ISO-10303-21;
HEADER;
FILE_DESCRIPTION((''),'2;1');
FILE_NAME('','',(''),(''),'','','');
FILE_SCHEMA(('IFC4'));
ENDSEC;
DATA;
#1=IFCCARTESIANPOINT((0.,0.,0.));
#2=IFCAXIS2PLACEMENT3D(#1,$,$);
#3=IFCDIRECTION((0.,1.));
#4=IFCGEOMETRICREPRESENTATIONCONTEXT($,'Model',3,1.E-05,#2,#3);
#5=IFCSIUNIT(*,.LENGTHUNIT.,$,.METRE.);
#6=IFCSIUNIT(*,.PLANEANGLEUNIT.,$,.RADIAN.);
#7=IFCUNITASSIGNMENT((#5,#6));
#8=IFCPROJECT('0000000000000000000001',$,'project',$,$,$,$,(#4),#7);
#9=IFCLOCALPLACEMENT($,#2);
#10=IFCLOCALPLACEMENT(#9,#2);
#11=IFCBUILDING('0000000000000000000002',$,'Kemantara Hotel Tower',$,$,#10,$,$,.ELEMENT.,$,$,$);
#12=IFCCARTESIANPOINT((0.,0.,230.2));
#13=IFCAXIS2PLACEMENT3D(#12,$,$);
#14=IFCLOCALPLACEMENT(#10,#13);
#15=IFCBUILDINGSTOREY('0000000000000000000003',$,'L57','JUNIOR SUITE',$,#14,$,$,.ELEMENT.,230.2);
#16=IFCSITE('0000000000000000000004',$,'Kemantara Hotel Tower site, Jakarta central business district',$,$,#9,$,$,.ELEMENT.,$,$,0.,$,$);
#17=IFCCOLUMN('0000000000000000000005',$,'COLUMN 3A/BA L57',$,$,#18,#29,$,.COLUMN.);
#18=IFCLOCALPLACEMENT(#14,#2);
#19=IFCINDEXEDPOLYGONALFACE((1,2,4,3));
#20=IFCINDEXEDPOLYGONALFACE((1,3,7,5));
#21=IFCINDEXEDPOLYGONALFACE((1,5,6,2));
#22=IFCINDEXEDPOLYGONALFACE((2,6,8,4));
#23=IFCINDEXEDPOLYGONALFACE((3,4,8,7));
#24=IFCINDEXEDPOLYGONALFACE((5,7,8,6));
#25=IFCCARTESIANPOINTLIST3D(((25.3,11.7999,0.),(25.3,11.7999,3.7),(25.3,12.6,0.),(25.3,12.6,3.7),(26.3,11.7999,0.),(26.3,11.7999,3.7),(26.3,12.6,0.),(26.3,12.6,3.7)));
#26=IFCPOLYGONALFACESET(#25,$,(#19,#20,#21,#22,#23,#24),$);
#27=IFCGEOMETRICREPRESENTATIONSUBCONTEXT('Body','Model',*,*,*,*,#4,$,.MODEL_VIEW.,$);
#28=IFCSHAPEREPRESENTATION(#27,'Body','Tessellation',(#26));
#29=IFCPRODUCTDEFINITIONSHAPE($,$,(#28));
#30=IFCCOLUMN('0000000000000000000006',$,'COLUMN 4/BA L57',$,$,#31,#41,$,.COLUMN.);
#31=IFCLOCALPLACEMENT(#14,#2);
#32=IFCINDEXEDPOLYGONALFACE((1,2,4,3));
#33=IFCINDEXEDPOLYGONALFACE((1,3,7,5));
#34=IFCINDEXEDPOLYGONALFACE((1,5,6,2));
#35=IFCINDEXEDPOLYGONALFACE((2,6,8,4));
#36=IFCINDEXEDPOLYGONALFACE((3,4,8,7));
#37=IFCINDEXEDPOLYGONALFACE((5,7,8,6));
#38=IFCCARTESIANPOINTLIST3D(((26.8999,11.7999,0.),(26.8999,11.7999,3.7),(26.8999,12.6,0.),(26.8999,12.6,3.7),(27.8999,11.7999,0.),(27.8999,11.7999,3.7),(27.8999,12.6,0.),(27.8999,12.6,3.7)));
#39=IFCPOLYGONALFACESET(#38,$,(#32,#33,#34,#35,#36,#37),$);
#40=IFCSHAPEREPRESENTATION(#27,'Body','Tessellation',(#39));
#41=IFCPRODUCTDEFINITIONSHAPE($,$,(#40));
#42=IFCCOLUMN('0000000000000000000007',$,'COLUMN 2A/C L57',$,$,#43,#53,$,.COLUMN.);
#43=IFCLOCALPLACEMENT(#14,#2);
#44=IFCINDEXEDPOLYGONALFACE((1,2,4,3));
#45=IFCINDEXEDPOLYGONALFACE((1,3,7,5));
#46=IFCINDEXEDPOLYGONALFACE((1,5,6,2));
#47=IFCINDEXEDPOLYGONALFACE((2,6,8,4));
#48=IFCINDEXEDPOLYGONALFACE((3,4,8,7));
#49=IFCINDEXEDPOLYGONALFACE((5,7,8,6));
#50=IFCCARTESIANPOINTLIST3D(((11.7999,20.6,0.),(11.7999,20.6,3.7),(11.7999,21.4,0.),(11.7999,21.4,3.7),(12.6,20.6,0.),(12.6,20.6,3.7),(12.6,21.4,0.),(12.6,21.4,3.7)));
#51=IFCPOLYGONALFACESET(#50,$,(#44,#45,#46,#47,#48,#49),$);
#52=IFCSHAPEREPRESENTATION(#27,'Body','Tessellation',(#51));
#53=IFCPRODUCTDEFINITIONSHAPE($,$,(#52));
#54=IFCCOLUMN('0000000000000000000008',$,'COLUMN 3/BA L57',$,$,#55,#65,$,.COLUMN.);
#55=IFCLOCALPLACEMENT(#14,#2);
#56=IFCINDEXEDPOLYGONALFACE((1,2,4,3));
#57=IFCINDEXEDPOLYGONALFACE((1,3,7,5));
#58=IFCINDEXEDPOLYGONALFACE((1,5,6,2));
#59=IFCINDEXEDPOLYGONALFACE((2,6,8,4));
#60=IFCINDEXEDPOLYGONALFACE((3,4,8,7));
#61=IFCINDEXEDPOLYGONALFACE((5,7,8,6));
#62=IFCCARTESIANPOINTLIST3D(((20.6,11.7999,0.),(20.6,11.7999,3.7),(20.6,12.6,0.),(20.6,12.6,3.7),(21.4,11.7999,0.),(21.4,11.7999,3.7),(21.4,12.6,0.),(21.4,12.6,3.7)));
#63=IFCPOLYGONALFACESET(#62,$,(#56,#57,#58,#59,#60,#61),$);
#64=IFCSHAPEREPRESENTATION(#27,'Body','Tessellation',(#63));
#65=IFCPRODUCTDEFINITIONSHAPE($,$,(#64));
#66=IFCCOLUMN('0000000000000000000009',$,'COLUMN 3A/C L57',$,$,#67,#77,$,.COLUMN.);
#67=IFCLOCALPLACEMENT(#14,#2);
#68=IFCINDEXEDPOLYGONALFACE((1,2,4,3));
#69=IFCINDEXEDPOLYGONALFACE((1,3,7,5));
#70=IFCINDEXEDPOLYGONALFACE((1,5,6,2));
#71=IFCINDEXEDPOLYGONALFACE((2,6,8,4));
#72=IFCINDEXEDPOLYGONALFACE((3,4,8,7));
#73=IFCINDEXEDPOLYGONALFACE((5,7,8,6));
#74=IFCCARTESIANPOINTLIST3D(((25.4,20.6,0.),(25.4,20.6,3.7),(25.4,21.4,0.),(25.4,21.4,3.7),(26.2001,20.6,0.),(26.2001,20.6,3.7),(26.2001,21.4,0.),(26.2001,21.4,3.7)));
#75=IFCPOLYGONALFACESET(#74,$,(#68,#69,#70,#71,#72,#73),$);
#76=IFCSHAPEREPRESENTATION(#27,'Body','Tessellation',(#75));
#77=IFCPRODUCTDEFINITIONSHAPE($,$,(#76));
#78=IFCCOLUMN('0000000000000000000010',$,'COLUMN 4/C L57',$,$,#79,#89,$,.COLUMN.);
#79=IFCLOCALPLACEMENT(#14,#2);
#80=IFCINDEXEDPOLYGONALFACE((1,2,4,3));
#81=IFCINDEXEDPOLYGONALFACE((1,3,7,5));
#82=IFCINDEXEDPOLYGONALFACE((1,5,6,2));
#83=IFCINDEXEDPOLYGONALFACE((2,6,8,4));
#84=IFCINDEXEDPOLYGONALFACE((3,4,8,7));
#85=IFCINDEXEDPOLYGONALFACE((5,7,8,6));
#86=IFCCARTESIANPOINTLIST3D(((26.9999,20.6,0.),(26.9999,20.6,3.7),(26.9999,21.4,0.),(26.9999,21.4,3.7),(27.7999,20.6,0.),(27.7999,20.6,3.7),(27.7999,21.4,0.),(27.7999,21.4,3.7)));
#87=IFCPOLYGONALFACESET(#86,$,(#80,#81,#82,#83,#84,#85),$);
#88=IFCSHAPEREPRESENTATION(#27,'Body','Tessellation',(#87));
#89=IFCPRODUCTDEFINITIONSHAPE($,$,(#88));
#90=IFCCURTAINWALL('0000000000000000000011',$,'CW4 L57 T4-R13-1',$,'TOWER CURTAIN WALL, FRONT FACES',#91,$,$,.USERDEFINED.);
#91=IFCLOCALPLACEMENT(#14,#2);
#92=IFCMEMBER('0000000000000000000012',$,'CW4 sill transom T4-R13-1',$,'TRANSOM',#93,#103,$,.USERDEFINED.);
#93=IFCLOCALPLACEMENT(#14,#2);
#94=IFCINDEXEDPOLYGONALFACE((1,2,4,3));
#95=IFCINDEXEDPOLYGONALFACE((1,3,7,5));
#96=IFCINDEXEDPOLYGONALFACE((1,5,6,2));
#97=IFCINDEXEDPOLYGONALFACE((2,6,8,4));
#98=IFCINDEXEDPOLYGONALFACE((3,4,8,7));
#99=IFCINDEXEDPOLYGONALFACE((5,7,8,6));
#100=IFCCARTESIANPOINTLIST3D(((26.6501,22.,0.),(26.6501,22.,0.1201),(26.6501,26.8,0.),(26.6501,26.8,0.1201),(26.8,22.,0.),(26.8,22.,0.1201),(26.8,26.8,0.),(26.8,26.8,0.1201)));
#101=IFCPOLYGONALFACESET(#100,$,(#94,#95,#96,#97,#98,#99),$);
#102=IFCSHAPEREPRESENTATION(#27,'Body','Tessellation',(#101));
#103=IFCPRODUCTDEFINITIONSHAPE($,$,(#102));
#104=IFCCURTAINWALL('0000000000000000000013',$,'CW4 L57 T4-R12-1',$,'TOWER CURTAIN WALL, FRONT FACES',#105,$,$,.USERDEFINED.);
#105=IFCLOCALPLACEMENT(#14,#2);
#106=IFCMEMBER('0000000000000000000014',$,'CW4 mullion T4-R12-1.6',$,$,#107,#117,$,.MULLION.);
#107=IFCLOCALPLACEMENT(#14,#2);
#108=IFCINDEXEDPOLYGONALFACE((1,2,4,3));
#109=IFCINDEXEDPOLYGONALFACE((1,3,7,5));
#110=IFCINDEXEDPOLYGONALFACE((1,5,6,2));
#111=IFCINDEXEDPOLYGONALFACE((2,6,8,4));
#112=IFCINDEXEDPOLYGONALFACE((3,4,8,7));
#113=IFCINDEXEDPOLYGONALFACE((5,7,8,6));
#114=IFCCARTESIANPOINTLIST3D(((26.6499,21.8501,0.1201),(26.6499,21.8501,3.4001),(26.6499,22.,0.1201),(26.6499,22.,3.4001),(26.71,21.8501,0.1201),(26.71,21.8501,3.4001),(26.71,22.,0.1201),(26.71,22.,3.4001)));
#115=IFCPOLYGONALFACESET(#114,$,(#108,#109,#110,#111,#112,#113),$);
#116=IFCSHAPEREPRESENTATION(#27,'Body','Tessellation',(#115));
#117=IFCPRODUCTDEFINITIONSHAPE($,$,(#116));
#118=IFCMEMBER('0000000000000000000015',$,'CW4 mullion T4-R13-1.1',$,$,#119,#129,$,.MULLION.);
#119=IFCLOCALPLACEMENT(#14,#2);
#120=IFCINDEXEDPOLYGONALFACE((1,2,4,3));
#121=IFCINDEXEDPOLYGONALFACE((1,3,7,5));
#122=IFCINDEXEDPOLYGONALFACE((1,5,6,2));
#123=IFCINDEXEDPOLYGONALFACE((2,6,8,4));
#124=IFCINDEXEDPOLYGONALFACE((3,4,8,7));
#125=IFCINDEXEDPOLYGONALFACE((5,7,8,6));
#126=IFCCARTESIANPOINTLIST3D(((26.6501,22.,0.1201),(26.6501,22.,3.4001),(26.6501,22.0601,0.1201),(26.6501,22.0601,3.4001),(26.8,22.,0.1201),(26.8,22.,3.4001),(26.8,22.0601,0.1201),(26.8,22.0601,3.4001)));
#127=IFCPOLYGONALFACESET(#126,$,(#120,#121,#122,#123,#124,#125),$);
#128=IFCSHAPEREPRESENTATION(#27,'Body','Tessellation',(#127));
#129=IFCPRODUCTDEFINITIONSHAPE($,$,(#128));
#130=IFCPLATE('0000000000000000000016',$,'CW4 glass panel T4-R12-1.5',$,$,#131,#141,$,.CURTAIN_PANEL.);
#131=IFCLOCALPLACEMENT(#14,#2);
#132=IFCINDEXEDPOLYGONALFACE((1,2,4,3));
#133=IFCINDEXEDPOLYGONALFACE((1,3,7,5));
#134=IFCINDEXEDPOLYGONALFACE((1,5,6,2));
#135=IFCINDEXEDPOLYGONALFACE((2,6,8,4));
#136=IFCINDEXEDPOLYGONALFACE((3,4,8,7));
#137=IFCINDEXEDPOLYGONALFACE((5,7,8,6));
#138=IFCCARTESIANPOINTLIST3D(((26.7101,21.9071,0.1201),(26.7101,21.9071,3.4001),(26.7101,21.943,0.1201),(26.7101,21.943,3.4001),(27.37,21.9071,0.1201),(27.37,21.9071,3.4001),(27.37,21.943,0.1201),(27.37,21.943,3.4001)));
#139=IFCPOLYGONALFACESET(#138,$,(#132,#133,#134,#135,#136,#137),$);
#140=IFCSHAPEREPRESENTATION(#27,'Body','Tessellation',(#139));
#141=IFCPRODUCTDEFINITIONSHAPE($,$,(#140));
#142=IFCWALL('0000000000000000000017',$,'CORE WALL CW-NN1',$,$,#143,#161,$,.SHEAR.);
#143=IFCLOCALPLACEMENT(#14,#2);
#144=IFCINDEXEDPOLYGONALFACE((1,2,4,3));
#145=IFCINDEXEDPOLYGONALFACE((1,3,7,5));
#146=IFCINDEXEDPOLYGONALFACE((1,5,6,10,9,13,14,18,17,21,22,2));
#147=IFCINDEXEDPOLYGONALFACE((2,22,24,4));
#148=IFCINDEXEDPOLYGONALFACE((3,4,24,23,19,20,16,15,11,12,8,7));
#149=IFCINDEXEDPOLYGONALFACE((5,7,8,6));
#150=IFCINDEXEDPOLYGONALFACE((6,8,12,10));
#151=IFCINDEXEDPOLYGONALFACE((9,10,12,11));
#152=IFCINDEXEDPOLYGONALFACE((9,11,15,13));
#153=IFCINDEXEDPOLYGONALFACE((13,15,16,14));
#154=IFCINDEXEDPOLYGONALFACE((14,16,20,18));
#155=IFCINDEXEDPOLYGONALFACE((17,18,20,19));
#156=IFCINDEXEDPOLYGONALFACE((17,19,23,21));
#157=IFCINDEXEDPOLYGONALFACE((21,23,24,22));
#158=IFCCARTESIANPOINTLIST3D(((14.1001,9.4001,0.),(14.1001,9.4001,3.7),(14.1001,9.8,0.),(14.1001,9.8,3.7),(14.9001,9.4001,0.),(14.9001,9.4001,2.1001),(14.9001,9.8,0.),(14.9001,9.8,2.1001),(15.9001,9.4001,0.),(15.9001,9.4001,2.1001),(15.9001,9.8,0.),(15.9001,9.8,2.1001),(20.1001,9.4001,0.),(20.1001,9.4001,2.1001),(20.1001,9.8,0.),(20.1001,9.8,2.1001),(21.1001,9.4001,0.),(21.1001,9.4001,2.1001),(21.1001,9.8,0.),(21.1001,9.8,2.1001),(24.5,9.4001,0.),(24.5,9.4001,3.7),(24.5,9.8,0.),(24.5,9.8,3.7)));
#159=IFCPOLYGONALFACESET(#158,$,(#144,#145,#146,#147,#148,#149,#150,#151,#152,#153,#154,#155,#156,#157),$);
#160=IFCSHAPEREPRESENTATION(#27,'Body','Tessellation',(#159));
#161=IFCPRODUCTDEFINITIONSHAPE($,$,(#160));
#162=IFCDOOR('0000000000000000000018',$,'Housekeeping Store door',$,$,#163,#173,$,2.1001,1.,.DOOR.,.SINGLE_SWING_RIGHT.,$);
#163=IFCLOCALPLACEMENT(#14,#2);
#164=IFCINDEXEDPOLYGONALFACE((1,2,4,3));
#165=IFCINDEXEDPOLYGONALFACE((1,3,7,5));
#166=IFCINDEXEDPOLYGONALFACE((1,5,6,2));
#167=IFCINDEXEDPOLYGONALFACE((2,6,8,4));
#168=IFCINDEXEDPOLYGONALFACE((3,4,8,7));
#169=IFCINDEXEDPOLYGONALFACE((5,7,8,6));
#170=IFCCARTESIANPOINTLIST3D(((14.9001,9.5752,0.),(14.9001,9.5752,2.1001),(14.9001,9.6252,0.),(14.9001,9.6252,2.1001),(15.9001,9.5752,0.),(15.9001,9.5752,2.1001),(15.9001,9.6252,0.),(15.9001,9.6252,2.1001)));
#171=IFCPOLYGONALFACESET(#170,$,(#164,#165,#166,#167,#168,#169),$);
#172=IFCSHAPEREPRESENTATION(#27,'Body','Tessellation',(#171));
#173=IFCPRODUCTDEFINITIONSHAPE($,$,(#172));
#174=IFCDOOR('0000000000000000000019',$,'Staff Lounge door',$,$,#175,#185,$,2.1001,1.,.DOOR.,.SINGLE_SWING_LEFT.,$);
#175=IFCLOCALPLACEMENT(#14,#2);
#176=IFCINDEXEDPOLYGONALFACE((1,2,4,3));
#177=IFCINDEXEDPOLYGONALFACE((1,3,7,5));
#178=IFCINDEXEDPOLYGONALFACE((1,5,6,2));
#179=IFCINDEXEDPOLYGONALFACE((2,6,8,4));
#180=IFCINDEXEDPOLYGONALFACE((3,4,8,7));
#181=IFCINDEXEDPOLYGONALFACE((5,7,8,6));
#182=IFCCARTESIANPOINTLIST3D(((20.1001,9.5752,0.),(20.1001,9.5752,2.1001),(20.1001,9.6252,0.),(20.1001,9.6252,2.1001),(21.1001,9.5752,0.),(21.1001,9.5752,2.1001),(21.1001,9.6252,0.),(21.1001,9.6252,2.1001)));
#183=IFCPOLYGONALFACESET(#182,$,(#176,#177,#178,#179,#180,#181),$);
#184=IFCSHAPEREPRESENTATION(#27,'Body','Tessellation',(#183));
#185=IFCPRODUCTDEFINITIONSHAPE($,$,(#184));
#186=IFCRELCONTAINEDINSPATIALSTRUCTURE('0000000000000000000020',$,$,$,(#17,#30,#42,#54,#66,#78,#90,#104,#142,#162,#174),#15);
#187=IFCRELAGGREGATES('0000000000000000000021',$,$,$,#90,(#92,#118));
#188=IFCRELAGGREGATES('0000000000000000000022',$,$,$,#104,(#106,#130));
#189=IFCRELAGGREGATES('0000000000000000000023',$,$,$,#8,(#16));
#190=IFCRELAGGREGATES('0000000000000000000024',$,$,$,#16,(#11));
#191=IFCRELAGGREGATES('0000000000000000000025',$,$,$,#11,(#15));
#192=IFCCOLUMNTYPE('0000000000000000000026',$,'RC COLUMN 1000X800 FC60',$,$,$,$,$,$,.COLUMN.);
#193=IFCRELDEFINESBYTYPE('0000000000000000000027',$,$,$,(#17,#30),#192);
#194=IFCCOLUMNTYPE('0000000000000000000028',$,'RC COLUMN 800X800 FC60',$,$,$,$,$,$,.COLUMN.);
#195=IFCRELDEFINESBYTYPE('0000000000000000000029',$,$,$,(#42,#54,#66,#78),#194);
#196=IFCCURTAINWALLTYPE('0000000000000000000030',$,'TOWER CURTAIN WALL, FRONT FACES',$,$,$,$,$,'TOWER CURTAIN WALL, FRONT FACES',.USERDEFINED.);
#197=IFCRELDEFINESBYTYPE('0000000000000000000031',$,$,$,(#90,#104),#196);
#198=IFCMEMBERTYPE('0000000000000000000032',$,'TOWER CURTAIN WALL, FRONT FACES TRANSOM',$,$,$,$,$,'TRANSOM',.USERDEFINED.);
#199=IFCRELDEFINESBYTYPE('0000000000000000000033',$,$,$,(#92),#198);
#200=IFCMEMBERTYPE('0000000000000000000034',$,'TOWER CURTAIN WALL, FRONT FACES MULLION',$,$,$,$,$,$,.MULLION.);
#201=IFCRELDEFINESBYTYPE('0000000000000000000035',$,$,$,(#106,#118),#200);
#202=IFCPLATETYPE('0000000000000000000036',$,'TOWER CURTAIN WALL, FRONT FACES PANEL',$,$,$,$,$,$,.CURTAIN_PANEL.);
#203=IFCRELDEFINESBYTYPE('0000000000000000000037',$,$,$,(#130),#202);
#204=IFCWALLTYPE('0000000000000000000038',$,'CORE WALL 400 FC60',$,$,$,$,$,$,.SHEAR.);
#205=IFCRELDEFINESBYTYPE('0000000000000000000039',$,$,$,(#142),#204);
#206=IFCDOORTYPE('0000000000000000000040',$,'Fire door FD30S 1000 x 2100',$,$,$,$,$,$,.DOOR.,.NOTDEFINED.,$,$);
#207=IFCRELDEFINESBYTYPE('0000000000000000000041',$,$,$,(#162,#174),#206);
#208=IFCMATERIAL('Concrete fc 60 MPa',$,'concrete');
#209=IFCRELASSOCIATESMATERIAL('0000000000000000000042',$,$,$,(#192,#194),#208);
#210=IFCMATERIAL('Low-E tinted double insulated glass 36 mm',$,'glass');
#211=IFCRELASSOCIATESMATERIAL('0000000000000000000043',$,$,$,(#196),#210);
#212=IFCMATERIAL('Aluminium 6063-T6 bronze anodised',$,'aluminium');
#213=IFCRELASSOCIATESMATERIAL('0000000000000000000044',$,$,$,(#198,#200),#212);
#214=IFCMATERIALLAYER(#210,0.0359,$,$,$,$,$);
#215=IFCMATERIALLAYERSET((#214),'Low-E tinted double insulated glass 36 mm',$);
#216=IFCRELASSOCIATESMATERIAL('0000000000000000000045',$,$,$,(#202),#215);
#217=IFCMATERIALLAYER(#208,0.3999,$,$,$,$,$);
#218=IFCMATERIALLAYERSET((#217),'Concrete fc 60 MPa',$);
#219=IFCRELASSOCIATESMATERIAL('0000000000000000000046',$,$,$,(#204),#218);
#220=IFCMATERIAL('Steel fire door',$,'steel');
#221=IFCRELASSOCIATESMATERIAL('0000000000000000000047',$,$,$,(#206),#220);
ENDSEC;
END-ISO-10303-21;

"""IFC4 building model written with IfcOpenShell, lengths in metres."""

from ifc_helpers import new_model, si_unit, direction, frame, frame_2d, origin, origin_2d, place, context, subcontext, project, spatial, rectangle, extrude, source, transform, mapped, material, layer, layer_set, material_profile, profile_set, type_object, element, fill, aggregate, save


model = new_model("IFC4")

# Units and contexts
model_context = context("Model", 3, precision=1e-05, world=origin(), true_north=direction((0.0, 1.0)))
body_context = subcontext(model_context, "Body", "Model", "MODEL_VIEW")
ifc_project = project(units=[si_unit("LENGTHUNIT", "METRE"), si_unit("PLANEANGLEUNIT", "RADIAN")], contexts=[model_context])

# Site, building, storey
site_placement = place(None, origin())
site = spatial("IfcSite", under=ifc_project, at=site_placement, Name="Kemantara Hotel Tower site, Jakarta central business district", CompositionType="ELEMENT", RefElevation=0.0)
building_placement = place(site_placement, origin())
building = spatial("IfcBuilding", under=site, at=building_placement, Name="Kemantara Hotel Tower", CompositionType="ELEMENT")
storey_placement = place(building_placement, frame((0.0, 0.0, 230.2)))
storey = spatial("IfcBuildingStorey", under=building, at=storey_placement, Name="L57", Description="JUNIOR SUITE", CompositionType="ELEMENT", Elevation=230.2)

# Columns
ifc_material_1 = material(Name="Concrete fc 60 MPa", Category="concrete")
ifc_material_profile_1 = material_profile(ifc_material_1, rectangle(XDim=1.0, YDim=0.8, at=origin_2d()), Name="RC 1000X800")
ifc_profile_set_1 = profile_set([ifc_material_profile_1], Name="Concrete fc 60 MPa")
column_type_1 = type_object("IfcColumnType", Name="RC COLUMN 1000X800 FC60", PredefinedType="COLUMN", material=ifc_profile_set_1)
for number, where, z_axis, x_axis, name in (
    (1, (25.8, 12.2, 0.0), (0.0, 0.0, 1.0), (1.0, 0.0, 0.0), "COLUMN 3A/BA L57"),
    (2, (27.3999, 12.2, 0.0), (0.0, 0.0, 1.0), (1.0, 0.0, 0.0), "COLUMN 4/BA L57"),
):
    element("IfcColumn", number, at=place(storey_placement, frame(where, z_axis=z_axis, x_axis=x_axis)), inside=storey, type_object=column_type_1, Name=name, PredefinedType="COLUMN", context=body_context, shape_type="SweptSolid", body=[
        extrude(rectangle(XDim=1.0, YDim=0.8, at=origin_2d()), origin(), (0.0, 0.0, 1.0), 3.7),
    ])
ifc_material_profile_2 = material_profile(ifc_material_1, rectangle(XDim=0.8, YDim=0.8, at=origin_2d()), Name="RC 800X800")
ifc_profile_set_2 = profile_set([ifc_material_profile_2], Name="Concrete fc 60 MPa")
column_type_2 = type_object("IfcColumnType", Name="RC COLUMN 800X800 FC60", PredefinedType="COLUMN", material=ifc_profile_set_2)
for number, where, z_axis, x_axis, name in (
    (3, (12.2, 21.0, 0.0), (0.0, 0.0, 1.0), (1.0, 0.0, 0.0), "COLUMN 2A/C L57"),
    (4, (21.0, 12.2, 0.0), (0.0, 0.0, 1.0), (1.0, 0.0, 0.0), "COLUMN 3/BA L57"),
    (5, (25.8, 21.0, 0.0), (0.0, 0.0, 1.0), (1.0, 0.0, 0.0), "COLUMN 3A/C L57"),
    (6, (27.3999, 21.0, 0.0), (0.0, 0.0, 1.0), (1.0, 0.0, 0.0), "COLUMN 4/C L57"),
):
    element("IfcColumn", number, at=place(storey_placement, frame(where, z_axis=z_axis, x_axis=x_axis)), inside=storey, type_object=column_type_2, Name=name, PredefinedType="COLUMN", context=body_context, shape_type="SweptSolid", body=[
        extrude(rectangle(XDim=0.8, YDim=0.8, at=origin_2d()), origin(), (0.0, 0.0, 1.0), 3.7),
    ])

# Curtain walls, members
ifc_material_2 = material(Name="Low-E tinted double insulated glass 36 mm", Category="glass")
curtain_wall_type = type_object("IfcCurtainWallType", Name="TOWER CURTAIN WALL, FRONT FACES", ElementType="TOWER CURTAIN WALL, FRONT FACES", PredefinedType="USERDEFINED", material=ifc_material_2)
curtain_wall_1_placement = place(storey_placement, origin())
curtain_wall_1 = element("IfcCurtainWall", 7, at=curtain_wall_1_placement, inside=storey, type_object=curtain_wall_type, Name="CW4 L57 T4-R13-1", ObjectType="TOWER CURTAIN WALL, FRONT FACES", PredefinedType="USERDEFINED")
ifc_material_3 = material(Name="Aluminium 6063-T6 bronze anodised", Category="aluminium")
ifc_material_profile_3 = material_profile(ifc_material_3, rectangle(XDim=0.1499, YDim=0.1201, at=origin_2d()), Name="TOWER CURTAIN WALL, FRONT FACES TRANSOM")
ifc_profile_set_3 = profile_set([ifc_material_profile_3], Name="Aluminium 6063-T6 bronze anodised")
member_type_1 = type_object("IfcMemberType", Name="TOWER CURTAIN WALL, FRONT FACES TRANSOM", ElementType="TRANSOM", PredefinedType="USERDEFINED", material=ifc_profile_set_3)
member_1_placement = place(storey_placement, frame((26.7251, 22.0, 0.0601), z_axis=(0.0, 1.0, 0.0), x_axis=(-1.0, 0.0, 0.0)))
member_1 = element("IfcMember", 8, at=member_1_placement, type_object=member_type_1, Name="CW4 sill transom T4-R13-1", ObjectType="TRANSOM", PredefinedType="USERDEFINED", context=body_context, shape_type="SweptSolid", body=[
    extrude(rectangle(XDim=0.1499, YDim=0.1201, at=origin_2d()), origin(), (0.0, 0.0, 1.0), 4.8),
])
curtain_wall_2_placement = place(storey_placement, origin())
curtain_wall_2 = element("IfcCurtainWall", 9, at=curtain_wall_2_placement, inside=storey, type_object=curtain_wall_type, Name="CW4 L57 T4-R12-1", ObjectType="TOWER CURTAIN WALL, FRONT FACES", PredefinedType="USERDEFINED")
ifc_material_profile_4 = material_profile(ifc_material_3, rectangle(XDim=0.1499, YDim=0.0601, at=origin_2d()), Name="TOWER CURTAIN WALL, FRONT FACES MULLION")
ifc_profile_set_4 = profile_set([ifc_material_profile_4], Name="Aluminium 6063-T6 bronze anodised")
member_type_2 = type_object("IfcMemberType", Name="TOWER CURTAIN WALL, FRONT FACES MULLION", PredefinedType="MULLION", material=ifc_profile_set_4)
shared_shape_1 = source(origin(), body_context, "Body", "SweptSolid", [
    extrude(rectangle(XDim=0.1499, YDim=0.0601, at=origin_2d()), origin(), (0.0, 0.0, 1.0), 3.28),
])
member_2_placement = place(storey_placement, frame((26.6799, 21.925, 0.1201), z_axis=(0.0, 0.0, 1.0), x_axis=(0.0, -1.0, 0.0)))
member_2 = element("IfcMember", 10, at=member_2_placement, type_object=member_type_2, Name="CW4 mullion T4-R12-1.6", PredefinedType="MULLION", context=body_context, shape_type="MappedRepresentation", body=[
    mapped(shared_shape_1, transform((0.0, 0.0, 0.0))),
])

# Member
member_3_placement = place(storey_placement, frame((26.7251, 22.03, 0.1201), z_axis=(0.0, 0.0, 1.0), x_axis=(-1.0, 0.0, 0.0)))
member_3 = element("IfcMember", 11, at=member_3_placement, type_object=member_type_2, Name="CW4 mullion T4-R13-1.1", PredefinedType="MULLION", context=body_context, shape_type="MappedRepresentation", body=[
    mapped(shared_shape_1, transform((0.0, 0.0, 0.0))),
])
aggregate(curtain_wall_1, [member_1, member_3])

# Plate
ifc_layer_1 = layer(ifc_material_2, 0.0359)
ifc_layer_set_1 = layer_set([ifc_layer_1], Name="Low-E tinted double insulated glass 36 mm")
plate_type = type_object("IfcPlateType", Name="TOWER CURTAIN WALL, FRONT FACES PANEL", PredefinedType="CURTAIN_PANEL", material=ifc_layer_set_1)
shared_shape_2 = source(origin(), body_context, "Body", "SweptSolid", [
    extrude(rectangle(XDim=0.6599, YDim=0.0359, at=origin_2d()), origin(), (0.0, 0.0, 1.0), 3.28),
])
plate_placement = place(storey_placement, frame((27.04, 21.925, 0.1201), z_axis=(0.0, 0.0, 1.0), x_axis=(-1.0, 0.0, 0.0)))
plate = element("IfcPlate", 12, at=plate_placement, type_object=plate_type, Name="CW4 glass panel T4-R12-1.5", PredefinedType="CURTAIN_PANEL", context=body_context, shape_type="MappedRepresentation", body=[
    mapped(shared_shape_2, transform((0.0, 0.0, 0.0))),
])
aggregate(curtain_wall_2, [member_2, plate])

# Wall, openings, doors
ifc_layer_2 = layer(ifc_material_1, 0.3999)
ifc_layer_set_2 = layer_set([ifc_layer_2], Name="Concrete fc 60 MPa")
wall_type_1 = type_object("IfcWallType", Name="CORE WALL 400 FC60", PredefinedType="SHEAR", material=ifc_layer_set_2)
wall_1_placement = place(storey_placement, frame((14.1001, 9.6001, 0.0), z_axis=(0.0, 0.0, 1.0), x_axis=(1.0, 0.0, 0.0)))
wall_1 = element("IfcWall", 13, at=wall_1_placement, inside=storey, type_object=wall_type_1, Name="CORE WALL CW-NN1", PredefinedType="SHEAR", context=body_context, shape_type="SweptSolid", body=[
    extrude(rectangle(XDim=10.3999, YDim=0.3999, at=frame_2d((5.2, 0.0))), origin(), (0.0, 0.0, 1.0), 3.7),
])
opening_1_placement = place(wall_1_placement, frame((0.8, 0.0, 0.0)))
opening_1 = element("IfcOpeningElement", 14, at=opening_1_placement, cuts=wall_1, PredefinedType="OPENING", context=body_context, shape_type="SweptSolid", body=[
    extrude(rectangle(XDim=1.0, YDim=2.1001, at=frame_2d((0.5, 1.05))), frame((0.0, 0.21, 0.0), z_axis=(0.0, -1.0, 0.0), x_axis=(1.0, 0.0, 0.0)), (0.0, 0.0, 1.0), 0.4199),
])
opening_2_placement = place(wall_1_placement, frame((6.0, 0.0, 0.0)))
opening_2 = element("IfcOpeningElement", 15, at=opening_2_placement, cuts=wall_1, PredefinedType="OPENING", context=body_context, shape_type="SweptSolid", body=[
    extrude(rectangle(XDim=1.0, YDim=2.1001, at=frame_2d((0.5, 1.05))), frame((0.0, 0.21, 0.0), z_axis=(0.0, -1.0, 0.0), x_axis=(1.0, 0.0, 0.0)), (0.0, 0.0, 1.0), 0.4199),
])
ifc_material_4 = material(Name="Steel fire door", Category="steel")
door_type = type_object("IfcDoorType", Name="Fire door FD30S 1000 x 2100", OperationType="NOTDEFINED", PredefinedType="DOOR", material=ifc_material_4)
door_1_placement = place(opening_1_placement, frame((1.0, 0.0, 0.0), z_axis=(0.0, 0.0, 1.0), x_axis=(-1.0, 0.0, 0.0)))
door_1 = element("IfcDoor", 16, at=door_1_placement, inside=storey, type_object=door_type, Name="Housekeeping Store door", OperationType="SINGLE_SWING_RIGHT", OverallHeight=2.1001, OverallWidth=1.0, PredefinedType="DOOR", context=body_context, shape_type="SweptSolid", body=[
    extrude(rectangle(XDim=1.0, YDim=2.1001, at=frame_2d((0.5, 1.05))), frame((0.0, 0.0249, 0.0), z_axis=(0.0, -1.0, 0.0), x_axis=(1.0, 0.0, 0.0)), (0.0, 0.0, 1.0), 0.05),
])
fill(opening_1, door_1)
door_2_placement = place(opening_2_placement, frame((1.0, 0.0, 0.0), z_axis=(0.0, 0.0, 1.0), x_axis=(-1.0, 0.0, 0.0)))
door_2 = element("IfcDoor", 17, at=door_2_placement, inside=storey, type_object=door_type, Name="Staff Lounge door", OperationType="SINGLE_SWING_LEFT", OverallHeight=2.1001, OverallWidth=1.0, PredefinedType="DOOR", context=body_context, shape_type="SweptSolid", body=[
    extrude(rectangle(XDim=1.0, YDim=2.1001, at=frame_2d((0.5, 1.05))), frame((0.0, 0.0249, 0.0), z_axis=(0.0, -1.0, 0.0), x_axis=(1.0, 0.0, 0.0)), (0.0, 0.0, 1.0), 0.05),
])
fill(opening_2, door_2)

save(model, "model.ifc")
